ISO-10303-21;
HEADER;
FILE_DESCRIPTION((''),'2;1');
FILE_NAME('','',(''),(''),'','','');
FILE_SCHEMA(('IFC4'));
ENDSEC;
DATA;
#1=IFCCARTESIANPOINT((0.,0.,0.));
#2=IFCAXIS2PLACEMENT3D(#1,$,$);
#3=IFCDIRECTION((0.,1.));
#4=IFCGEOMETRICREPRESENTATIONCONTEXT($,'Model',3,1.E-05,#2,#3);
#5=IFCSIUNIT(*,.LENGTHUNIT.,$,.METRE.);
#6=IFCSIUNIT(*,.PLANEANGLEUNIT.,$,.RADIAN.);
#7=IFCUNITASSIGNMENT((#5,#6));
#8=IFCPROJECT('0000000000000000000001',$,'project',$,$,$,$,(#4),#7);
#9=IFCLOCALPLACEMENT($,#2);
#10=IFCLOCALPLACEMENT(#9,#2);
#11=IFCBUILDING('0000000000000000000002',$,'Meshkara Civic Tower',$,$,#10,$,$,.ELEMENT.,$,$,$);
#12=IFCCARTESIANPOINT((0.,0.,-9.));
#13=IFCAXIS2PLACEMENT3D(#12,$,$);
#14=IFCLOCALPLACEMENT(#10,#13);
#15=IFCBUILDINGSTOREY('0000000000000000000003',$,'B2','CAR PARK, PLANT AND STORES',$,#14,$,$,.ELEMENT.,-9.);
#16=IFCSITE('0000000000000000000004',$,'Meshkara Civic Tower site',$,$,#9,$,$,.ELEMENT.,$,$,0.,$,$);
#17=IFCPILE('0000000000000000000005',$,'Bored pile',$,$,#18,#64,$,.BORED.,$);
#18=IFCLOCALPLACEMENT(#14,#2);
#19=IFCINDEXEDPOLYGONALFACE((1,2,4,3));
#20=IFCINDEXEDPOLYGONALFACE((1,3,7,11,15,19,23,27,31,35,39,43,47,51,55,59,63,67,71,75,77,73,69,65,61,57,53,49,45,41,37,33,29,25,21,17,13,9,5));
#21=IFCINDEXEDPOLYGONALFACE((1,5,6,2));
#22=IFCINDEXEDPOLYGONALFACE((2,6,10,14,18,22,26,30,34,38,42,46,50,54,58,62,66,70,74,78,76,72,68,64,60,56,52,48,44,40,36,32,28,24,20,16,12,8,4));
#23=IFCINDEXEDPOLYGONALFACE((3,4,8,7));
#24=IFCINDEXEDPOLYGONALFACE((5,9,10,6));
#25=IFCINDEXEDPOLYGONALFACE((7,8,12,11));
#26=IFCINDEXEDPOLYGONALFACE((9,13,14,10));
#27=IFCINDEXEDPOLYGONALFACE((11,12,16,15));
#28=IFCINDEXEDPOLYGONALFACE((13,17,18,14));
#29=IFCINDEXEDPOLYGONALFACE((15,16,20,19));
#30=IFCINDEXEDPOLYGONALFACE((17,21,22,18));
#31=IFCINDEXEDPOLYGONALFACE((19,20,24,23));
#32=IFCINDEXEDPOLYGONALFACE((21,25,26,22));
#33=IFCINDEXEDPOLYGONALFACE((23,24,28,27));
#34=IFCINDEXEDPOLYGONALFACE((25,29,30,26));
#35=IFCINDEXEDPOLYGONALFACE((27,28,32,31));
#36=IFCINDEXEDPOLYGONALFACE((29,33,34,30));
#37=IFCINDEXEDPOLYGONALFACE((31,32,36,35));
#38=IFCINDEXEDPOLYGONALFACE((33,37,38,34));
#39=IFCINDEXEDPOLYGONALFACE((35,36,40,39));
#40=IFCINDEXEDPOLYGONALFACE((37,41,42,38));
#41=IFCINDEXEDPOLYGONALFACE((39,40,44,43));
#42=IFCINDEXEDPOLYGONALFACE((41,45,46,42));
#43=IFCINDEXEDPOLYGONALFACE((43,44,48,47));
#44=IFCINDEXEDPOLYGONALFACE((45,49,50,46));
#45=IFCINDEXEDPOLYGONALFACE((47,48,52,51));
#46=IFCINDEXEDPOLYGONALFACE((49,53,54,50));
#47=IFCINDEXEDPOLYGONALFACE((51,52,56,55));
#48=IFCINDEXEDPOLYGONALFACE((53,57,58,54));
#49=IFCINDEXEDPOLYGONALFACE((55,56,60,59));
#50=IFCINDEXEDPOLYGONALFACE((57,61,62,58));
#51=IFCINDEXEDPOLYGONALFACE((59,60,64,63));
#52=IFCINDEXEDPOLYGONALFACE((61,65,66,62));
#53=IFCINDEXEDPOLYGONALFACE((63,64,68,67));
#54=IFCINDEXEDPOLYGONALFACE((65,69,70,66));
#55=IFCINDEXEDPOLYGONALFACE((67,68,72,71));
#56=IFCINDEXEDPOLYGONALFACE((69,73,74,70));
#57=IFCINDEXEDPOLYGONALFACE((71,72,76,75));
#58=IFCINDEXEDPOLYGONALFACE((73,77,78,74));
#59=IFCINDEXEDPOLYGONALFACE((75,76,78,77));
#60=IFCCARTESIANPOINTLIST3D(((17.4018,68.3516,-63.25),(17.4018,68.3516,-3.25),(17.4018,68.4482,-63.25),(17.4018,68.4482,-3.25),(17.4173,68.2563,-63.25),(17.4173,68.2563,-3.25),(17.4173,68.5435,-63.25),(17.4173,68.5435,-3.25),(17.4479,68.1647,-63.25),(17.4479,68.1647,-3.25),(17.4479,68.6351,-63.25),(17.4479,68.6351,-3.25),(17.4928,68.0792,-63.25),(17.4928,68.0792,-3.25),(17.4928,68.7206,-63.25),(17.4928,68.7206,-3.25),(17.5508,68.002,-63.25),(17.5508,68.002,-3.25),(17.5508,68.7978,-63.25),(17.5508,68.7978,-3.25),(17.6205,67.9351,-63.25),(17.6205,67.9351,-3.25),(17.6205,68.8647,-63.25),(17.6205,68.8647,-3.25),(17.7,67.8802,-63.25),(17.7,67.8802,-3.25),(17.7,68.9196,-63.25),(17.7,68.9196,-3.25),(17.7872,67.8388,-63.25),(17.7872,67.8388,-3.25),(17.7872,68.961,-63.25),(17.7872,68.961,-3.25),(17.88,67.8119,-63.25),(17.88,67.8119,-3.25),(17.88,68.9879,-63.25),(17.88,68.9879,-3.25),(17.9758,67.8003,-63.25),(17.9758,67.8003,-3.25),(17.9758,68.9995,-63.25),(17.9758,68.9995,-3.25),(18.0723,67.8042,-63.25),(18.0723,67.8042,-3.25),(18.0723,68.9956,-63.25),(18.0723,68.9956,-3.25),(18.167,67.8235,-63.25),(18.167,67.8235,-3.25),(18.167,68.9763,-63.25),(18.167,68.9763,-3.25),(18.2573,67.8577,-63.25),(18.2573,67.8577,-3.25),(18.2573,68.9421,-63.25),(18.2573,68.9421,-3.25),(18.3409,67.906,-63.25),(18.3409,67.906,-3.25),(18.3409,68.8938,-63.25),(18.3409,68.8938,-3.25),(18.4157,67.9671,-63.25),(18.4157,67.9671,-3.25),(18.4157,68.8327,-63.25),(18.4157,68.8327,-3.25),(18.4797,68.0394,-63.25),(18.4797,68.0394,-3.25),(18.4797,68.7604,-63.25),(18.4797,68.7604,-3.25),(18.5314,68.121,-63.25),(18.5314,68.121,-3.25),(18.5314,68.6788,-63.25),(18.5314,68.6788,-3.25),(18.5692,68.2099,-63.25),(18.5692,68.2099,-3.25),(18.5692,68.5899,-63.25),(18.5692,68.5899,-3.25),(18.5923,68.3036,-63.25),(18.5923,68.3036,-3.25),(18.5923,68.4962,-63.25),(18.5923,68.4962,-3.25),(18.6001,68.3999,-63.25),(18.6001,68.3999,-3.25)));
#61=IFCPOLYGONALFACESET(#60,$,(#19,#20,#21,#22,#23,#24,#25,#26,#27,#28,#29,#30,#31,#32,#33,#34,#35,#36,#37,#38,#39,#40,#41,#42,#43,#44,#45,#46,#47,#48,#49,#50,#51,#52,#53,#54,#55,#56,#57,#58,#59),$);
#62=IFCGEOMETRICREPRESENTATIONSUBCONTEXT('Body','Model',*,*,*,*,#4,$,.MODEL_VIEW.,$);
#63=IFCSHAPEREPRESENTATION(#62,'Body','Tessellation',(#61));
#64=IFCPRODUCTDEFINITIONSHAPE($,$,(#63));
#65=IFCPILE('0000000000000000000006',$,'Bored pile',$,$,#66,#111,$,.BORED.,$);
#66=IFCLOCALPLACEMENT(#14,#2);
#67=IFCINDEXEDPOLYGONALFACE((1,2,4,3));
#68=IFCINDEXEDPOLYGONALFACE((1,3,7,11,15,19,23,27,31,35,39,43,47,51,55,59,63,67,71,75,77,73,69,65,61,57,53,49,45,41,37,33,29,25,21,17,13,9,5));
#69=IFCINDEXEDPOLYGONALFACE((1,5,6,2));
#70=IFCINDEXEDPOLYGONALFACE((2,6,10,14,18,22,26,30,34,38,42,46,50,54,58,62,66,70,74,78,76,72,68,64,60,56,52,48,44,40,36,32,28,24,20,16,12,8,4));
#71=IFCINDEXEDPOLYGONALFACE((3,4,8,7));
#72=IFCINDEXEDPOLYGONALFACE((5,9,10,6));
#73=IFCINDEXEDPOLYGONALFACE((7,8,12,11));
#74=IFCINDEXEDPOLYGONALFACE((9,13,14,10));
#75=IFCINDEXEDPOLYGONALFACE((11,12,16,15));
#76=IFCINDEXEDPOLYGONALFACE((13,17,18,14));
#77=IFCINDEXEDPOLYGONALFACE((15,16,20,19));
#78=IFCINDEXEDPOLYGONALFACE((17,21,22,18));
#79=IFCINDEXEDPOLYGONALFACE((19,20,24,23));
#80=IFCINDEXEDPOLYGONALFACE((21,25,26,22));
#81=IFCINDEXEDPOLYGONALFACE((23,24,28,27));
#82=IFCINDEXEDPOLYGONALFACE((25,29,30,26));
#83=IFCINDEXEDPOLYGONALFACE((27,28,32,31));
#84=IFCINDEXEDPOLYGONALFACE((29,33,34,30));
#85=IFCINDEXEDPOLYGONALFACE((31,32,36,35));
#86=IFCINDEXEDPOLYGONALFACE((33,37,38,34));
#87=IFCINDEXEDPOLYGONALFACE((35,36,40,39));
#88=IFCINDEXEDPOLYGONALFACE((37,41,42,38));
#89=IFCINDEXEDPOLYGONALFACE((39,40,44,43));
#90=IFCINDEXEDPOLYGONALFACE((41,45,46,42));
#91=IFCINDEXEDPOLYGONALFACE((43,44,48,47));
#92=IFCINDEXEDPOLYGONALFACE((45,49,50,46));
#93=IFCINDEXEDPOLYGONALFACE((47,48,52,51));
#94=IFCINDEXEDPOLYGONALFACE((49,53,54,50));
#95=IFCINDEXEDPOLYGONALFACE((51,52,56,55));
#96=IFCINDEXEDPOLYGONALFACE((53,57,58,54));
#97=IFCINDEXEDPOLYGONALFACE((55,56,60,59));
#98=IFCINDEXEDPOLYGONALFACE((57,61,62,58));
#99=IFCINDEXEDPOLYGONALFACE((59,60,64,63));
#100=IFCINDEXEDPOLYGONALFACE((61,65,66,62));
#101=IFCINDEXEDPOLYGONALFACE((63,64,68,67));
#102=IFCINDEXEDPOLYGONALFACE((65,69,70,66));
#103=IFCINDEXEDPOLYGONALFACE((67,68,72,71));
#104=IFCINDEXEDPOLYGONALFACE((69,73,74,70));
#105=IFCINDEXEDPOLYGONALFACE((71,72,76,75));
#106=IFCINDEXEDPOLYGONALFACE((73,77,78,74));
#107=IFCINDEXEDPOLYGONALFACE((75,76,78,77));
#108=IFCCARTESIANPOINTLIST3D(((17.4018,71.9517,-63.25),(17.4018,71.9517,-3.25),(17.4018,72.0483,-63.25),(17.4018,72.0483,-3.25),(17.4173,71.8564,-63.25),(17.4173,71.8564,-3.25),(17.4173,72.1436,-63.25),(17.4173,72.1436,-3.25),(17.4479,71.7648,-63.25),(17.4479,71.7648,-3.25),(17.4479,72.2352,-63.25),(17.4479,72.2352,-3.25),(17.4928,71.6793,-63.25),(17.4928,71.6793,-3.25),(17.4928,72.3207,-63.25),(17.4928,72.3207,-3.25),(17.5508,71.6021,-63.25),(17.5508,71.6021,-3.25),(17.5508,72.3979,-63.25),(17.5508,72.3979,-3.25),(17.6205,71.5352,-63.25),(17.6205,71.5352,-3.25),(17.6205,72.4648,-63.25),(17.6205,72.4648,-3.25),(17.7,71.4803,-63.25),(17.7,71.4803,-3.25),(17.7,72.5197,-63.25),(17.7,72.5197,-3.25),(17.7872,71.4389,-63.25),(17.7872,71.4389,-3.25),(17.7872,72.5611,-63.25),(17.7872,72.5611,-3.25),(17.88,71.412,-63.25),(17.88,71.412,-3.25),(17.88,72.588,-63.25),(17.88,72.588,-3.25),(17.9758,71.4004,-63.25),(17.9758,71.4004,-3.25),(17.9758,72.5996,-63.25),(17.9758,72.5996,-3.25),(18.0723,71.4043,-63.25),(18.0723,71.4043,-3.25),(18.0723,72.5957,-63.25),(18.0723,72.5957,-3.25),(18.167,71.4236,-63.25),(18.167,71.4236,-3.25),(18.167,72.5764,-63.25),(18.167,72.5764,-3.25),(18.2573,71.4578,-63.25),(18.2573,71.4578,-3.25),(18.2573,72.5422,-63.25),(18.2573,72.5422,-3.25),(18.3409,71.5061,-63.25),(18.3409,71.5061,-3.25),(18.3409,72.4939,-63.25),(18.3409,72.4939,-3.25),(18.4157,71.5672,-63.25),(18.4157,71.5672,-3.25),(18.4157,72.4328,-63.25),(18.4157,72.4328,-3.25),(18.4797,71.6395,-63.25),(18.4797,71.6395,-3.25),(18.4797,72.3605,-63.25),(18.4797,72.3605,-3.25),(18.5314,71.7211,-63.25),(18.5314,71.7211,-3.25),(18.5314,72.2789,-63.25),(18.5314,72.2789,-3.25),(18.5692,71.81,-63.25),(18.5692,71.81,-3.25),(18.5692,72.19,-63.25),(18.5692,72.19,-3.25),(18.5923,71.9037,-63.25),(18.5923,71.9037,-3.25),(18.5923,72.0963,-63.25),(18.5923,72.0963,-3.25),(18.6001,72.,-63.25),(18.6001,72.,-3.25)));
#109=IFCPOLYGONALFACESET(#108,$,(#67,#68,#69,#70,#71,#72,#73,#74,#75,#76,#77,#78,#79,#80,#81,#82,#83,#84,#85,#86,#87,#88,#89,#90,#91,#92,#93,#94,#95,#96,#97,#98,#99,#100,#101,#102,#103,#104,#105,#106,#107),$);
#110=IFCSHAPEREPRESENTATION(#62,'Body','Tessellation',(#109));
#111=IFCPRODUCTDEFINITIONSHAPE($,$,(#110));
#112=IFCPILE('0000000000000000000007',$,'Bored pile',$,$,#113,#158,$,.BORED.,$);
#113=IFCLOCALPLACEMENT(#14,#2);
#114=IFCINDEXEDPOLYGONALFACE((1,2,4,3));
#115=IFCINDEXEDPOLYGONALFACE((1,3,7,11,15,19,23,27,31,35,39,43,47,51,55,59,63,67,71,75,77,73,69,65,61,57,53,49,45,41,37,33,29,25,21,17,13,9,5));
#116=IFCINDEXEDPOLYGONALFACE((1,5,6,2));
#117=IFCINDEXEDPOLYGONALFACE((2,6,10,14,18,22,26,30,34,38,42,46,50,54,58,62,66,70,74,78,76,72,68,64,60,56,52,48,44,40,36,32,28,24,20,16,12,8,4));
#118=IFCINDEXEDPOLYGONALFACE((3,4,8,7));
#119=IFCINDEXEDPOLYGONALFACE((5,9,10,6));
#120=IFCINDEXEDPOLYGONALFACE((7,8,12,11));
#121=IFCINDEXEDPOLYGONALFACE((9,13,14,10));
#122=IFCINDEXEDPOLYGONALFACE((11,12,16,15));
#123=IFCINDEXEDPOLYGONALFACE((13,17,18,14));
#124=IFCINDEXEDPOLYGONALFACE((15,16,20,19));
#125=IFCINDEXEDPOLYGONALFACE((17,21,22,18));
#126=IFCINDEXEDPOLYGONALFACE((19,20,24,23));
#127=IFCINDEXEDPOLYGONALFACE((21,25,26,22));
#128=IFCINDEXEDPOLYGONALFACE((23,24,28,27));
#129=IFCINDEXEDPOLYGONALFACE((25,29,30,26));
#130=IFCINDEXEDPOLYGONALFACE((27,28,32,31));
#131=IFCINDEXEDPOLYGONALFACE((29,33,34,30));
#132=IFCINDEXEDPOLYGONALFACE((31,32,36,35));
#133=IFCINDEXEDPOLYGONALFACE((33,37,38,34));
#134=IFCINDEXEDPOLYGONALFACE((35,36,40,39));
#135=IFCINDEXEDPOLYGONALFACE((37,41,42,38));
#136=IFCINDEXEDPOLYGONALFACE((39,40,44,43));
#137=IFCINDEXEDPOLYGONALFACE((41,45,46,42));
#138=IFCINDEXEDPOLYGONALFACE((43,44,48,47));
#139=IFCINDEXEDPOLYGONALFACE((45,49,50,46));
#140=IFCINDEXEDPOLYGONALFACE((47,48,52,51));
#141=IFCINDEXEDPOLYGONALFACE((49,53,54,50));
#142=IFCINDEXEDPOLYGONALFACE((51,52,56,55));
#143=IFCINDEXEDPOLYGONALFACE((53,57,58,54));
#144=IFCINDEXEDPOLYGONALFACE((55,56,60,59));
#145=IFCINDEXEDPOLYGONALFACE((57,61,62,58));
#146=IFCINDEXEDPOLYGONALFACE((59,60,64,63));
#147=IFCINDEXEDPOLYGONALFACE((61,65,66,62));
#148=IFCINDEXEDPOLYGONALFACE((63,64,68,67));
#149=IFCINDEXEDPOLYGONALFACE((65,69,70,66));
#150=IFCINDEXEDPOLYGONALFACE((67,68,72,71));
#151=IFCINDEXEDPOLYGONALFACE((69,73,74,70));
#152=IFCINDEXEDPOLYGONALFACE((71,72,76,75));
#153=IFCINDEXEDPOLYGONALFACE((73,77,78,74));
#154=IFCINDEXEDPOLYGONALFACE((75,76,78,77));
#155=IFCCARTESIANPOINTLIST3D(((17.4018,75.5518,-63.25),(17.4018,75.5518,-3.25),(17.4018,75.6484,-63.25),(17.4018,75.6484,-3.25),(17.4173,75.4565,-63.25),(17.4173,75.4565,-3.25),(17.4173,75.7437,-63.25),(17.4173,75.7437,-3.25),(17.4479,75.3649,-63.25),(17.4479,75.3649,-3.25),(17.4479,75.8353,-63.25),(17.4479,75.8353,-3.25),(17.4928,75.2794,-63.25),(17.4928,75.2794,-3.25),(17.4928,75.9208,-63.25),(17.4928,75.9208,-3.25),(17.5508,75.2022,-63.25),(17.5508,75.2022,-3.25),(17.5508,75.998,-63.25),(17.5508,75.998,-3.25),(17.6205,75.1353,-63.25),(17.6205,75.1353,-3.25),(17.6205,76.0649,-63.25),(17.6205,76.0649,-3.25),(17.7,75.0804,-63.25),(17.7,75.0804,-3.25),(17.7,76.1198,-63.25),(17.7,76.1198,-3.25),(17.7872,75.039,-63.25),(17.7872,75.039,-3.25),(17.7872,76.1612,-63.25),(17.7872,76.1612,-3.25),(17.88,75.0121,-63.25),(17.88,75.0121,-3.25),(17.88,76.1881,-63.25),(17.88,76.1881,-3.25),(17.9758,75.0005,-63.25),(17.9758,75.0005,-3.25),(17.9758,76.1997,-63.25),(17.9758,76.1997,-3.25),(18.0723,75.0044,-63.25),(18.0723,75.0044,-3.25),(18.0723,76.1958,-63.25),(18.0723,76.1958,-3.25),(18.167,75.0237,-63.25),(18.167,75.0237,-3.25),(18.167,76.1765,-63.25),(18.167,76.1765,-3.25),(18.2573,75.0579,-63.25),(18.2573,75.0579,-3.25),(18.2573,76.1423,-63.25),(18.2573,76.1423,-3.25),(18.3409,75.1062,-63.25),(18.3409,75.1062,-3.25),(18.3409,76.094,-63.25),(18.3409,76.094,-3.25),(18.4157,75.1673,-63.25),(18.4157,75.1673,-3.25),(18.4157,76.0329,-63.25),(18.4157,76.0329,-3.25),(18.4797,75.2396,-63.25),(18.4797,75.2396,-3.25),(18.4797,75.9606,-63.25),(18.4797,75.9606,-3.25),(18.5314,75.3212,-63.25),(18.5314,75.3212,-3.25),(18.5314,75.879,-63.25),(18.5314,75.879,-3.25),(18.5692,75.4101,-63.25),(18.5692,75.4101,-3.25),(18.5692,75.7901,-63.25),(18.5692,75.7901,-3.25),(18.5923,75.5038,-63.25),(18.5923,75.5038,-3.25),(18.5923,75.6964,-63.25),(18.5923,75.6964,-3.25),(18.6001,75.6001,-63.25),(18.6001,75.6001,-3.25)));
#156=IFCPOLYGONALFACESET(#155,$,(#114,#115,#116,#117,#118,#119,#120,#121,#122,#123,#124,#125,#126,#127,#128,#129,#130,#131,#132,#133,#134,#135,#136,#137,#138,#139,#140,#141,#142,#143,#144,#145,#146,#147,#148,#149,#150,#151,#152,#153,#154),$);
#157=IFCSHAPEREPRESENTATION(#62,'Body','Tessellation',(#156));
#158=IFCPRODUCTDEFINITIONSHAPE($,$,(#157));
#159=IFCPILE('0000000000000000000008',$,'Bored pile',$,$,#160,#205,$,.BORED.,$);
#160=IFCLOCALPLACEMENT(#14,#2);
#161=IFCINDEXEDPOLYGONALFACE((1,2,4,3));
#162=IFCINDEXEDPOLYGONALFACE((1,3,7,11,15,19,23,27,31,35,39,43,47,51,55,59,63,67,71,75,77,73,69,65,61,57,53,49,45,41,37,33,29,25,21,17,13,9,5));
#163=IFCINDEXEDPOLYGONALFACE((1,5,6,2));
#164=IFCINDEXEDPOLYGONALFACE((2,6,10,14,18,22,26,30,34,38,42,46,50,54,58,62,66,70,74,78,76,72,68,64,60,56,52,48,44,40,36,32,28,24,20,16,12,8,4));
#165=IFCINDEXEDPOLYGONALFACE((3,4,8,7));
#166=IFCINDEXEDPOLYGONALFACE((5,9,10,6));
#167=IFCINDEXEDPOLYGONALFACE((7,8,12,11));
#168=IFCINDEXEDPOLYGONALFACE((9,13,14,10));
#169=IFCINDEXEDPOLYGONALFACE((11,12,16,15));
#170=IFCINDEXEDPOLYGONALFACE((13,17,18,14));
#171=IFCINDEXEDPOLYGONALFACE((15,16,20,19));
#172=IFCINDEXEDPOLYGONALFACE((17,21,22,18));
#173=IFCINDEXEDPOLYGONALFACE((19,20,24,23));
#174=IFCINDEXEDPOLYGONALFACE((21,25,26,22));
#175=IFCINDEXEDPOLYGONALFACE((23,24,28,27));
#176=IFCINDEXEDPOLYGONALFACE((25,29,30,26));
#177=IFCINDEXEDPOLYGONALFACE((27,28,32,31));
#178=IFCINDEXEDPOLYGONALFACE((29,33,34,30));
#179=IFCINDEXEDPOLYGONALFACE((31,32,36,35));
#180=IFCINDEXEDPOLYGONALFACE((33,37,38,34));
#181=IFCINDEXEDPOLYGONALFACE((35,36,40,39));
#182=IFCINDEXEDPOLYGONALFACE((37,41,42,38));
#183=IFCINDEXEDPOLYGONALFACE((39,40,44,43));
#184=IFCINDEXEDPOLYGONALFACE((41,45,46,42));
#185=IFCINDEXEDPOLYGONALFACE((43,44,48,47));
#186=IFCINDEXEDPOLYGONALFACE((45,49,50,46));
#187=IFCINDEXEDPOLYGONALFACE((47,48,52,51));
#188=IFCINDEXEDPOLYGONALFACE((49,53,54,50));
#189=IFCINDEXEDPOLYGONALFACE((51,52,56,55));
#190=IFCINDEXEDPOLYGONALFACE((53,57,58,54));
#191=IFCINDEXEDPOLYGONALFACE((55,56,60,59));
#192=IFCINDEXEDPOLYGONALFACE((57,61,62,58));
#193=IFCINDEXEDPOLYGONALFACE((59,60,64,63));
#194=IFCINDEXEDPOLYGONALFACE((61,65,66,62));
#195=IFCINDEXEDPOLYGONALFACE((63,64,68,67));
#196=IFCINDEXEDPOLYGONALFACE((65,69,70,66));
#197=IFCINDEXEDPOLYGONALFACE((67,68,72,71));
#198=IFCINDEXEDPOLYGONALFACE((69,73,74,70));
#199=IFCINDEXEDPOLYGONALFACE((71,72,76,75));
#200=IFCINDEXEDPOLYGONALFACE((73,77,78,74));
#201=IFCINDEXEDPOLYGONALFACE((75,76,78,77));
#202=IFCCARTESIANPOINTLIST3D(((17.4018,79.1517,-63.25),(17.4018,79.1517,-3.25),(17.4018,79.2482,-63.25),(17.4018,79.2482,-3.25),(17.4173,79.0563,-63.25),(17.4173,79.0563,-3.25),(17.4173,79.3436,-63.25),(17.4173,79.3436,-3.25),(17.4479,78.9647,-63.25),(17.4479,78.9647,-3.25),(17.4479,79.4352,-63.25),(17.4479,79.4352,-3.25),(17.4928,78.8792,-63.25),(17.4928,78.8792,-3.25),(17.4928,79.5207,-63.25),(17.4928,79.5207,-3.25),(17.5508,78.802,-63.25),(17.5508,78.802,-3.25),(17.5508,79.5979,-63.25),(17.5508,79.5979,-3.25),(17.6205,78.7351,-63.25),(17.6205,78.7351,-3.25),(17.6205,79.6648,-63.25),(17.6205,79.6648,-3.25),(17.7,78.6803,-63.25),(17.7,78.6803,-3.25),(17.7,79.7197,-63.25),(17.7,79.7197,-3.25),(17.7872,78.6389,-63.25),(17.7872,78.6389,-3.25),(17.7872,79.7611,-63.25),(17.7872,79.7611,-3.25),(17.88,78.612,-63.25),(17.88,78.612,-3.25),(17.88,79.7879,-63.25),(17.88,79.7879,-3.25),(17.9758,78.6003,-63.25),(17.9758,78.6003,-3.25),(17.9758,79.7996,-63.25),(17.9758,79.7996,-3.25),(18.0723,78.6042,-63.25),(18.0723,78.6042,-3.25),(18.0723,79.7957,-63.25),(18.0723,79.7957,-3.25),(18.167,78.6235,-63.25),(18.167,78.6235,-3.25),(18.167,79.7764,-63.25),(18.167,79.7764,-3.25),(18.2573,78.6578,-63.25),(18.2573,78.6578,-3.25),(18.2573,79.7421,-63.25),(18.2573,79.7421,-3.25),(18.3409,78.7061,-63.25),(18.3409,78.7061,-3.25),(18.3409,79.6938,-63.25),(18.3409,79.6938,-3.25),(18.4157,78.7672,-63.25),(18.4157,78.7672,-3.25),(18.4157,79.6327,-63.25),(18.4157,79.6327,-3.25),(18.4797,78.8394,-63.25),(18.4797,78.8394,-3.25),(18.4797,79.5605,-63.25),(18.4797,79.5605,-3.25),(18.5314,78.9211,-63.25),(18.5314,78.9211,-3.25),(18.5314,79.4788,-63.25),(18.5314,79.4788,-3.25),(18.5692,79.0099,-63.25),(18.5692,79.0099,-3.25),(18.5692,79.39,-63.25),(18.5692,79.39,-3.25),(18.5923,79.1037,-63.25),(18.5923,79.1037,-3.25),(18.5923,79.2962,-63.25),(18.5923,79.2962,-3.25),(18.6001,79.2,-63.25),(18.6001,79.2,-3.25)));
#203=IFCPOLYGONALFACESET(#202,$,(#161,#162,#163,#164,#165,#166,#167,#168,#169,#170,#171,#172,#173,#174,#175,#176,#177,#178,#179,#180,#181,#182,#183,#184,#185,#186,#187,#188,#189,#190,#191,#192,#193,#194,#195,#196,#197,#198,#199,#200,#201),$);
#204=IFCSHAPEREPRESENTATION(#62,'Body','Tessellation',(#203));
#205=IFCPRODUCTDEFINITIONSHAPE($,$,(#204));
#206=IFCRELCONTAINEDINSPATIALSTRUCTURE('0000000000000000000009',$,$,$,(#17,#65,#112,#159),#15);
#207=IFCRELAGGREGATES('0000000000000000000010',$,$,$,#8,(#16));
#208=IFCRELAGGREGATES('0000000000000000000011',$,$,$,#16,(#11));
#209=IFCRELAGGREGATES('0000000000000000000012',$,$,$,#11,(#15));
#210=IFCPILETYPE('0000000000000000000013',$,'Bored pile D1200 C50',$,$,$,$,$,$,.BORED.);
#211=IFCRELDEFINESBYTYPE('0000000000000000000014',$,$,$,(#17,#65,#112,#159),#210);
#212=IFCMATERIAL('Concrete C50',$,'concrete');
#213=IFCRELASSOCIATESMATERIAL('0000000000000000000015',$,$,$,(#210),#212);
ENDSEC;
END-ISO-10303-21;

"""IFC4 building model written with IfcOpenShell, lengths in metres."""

from ifc_helpers import new_model, si_unit, direction, frame, origin, origin_2d, place, context, subcontext, project, spatial, circle, extrude, material, material_profile, profile_set, type_object, element, save


model = new_model("IFC4")

# Units and contexts
model_context = context("Model", 3, precision=1e-05, world=origin(), true_north=direction((0.0, 1.0)))
body_context = subcontext(model_context, "Body", "Model", "MODEL_VIEW")
ifc_project = project(units=[si_unit("LENGTHUNIT", "METRE"), si_unit("PLANEANGLEUNIT", "RADIAN")], contexts=[model_context])

# Site, building, storey
site_placement = place(None, origin())
site = spatial("IfcSite", under=ifc_project, at=site_placement, Name="Meshkara Civic Tower site", CompositionType="ELEMENT", RefElevation=0.0)
building_placement = place(site_placement, origin())
building = spatial("IfcBuilding", under=site, at=building_placement, Name="Meshkara Civic Tower", CompositionType="ELEMENT")
storey_placement = place(building_placement, frame((0.0, 0.0, -9.0)))
storey = spatial("IfcBuildingStorey", under=building, at=storey_placement, Name="B2", Description="CAR PARK, PLANT AND STORES", CompositionType="ELEMENT", Elevation=-9.0)

# Piles
ifc_material_1 = material(Name="Concrete C50", Category="concrete")
ifc_material_profile_1 = material_profile(ifc_material_1, circle(Radius=0.6001, at=origin_2d()))
ifc_profile_set_1 = profile_set([ifc_material_profile_1], Name="Concrete C50")
pile_type = type_object("IfcPileType", Name="Bored pile D1200 C50", PredefinedType="BORED", material=ifc_profile_set_1)
for number, where, z_axis, x_axis, name in (
    (1, (18.0, 68.3999, -3.25), (0.0, 0.0, -1.0), (1.0, 0.0, 0.0), "Bored pile"),
    (2, (18.0, 72.0, -3.25), (0.0, 0.0, -1.0), (1.0, 0.0, 0.0), "Bored pile"),
    (3, (18.0, 75.6001, -3.25), (0.0, 0.0, -1.0), (1.0, 0.0, 0.0), "Bored pile"),
    (4, (18.0, 79.2, -3.25), (0.0, 0.0, -1.0), (1.0, 0.0, 0.0), "Bored pile"),
):
    element("IfcPile", number, at=place(storey_placement, frame(where, z_axis=z_axis, x_axis=x_axis)), inside=storey, type_object=pile_type, Name=name, PredefinedType="BORED", context=body_context, shape_type="SweptSolid", body=[
        extrude(circle(Radius=0.6001, at=origin_2d()), origin(), (0.0, 0.0, 1.0), 60.0),
    ])

save(model, "model.ifc")
